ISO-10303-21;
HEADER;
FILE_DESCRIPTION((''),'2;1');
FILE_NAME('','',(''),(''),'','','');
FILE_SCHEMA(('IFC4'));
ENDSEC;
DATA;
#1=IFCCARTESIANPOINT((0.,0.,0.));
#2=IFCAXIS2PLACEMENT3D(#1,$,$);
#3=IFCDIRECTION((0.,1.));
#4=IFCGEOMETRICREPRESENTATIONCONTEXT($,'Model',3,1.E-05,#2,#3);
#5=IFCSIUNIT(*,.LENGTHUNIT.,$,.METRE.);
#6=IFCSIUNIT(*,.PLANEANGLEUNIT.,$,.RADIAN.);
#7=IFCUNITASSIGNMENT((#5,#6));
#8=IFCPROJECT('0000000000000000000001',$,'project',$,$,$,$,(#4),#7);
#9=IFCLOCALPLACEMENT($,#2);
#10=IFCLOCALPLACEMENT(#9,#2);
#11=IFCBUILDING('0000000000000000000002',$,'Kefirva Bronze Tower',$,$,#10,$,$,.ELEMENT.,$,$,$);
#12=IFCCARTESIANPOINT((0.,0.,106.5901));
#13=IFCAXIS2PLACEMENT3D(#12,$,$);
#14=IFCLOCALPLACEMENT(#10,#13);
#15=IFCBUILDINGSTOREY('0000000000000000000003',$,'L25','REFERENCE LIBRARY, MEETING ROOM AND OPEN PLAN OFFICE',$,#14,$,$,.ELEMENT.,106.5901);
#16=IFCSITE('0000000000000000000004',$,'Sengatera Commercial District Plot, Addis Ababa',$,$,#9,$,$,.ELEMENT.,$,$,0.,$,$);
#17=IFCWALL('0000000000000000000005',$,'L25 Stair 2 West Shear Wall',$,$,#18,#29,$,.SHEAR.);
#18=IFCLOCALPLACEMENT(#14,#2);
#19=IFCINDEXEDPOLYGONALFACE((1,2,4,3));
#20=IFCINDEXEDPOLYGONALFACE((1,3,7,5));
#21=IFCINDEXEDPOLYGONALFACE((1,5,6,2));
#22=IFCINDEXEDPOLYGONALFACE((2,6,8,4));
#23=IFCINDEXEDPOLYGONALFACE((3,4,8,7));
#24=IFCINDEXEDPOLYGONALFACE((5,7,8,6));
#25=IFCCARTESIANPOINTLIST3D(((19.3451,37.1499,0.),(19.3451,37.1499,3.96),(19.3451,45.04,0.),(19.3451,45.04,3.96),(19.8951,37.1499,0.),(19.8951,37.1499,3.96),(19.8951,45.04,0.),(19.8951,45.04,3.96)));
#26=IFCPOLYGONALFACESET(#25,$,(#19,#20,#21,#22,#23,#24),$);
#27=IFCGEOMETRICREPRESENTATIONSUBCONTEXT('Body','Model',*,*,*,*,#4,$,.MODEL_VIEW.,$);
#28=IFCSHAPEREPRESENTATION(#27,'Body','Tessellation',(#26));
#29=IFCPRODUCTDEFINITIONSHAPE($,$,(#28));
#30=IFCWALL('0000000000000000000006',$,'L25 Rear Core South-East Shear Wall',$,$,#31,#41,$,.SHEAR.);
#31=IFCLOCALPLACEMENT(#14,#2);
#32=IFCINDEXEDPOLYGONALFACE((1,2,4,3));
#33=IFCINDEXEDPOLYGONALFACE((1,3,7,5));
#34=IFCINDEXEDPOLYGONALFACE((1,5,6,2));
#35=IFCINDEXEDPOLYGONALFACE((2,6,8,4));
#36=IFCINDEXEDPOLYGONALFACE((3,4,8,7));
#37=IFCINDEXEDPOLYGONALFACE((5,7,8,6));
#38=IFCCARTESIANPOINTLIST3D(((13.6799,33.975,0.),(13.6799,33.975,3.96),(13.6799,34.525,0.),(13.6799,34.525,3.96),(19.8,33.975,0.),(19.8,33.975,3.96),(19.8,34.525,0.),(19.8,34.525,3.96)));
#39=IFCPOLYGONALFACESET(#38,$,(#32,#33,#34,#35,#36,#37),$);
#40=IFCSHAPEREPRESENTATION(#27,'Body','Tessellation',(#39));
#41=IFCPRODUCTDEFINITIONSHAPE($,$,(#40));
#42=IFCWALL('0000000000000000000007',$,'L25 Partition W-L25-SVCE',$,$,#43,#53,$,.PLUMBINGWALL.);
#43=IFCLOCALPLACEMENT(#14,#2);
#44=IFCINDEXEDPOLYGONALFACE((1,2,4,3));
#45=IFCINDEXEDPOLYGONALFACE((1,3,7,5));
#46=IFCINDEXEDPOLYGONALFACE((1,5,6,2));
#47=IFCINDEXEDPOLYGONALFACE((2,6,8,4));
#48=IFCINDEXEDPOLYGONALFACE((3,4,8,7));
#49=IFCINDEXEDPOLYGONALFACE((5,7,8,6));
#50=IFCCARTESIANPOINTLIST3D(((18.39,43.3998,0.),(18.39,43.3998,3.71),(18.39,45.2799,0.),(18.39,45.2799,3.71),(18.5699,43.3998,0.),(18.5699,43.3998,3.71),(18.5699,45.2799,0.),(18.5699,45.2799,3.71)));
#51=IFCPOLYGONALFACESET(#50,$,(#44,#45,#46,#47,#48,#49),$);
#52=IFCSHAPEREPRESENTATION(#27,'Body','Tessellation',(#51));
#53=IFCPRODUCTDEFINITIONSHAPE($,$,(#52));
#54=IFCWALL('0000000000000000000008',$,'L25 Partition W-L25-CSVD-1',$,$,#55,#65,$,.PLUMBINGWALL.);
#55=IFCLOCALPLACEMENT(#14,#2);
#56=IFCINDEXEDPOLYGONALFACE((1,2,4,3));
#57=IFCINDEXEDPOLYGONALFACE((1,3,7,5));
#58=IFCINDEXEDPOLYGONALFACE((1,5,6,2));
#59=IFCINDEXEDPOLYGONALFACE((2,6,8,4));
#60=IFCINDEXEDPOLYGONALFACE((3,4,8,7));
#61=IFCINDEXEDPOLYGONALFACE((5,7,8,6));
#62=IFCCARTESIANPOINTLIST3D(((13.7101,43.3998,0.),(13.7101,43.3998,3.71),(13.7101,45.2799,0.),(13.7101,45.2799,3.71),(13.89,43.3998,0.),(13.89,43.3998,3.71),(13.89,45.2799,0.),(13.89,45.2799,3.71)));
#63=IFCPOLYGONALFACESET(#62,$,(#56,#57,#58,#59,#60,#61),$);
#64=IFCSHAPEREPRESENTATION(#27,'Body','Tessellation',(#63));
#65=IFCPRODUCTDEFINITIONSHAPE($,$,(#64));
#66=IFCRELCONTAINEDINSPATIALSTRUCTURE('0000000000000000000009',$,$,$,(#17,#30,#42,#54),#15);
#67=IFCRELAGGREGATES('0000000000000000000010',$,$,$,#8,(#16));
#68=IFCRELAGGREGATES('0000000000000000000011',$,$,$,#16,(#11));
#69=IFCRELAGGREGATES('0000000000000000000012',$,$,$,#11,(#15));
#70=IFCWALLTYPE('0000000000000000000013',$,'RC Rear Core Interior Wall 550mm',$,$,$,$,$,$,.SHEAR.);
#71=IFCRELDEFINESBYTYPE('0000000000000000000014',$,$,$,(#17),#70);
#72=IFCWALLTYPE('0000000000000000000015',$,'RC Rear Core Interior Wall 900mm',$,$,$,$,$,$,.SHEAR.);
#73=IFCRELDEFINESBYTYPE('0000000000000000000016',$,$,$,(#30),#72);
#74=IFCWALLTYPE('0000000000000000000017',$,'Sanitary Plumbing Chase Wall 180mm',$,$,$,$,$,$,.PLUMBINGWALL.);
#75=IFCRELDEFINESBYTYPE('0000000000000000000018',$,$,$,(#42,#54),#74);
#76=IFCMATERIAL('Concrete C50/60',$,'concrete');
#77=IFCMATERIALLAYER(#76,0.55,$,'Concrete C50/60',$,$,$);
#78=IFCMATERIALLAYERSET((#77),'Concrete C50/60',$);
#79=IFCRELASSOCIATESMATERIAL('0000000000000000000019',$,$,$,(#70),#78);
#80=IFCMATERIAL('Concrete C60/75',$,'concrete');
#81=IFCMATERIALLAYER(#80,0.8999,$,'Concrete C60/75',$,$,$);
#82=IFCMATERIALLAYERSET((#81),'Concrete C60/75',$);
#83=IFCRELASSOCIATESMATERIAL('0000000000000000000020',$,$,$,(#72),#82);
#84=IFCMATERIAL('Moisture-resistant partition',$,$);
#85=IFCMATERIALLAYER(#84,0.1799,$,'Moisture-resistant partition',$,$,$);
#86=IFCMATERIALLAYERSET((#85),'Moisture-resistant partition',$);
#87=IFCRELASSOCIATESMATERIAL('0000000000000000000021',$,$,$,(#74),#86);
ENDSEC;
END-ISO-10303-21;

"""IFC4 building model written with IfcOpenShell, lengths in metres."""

from ifc_helpers import new_model, si_unit, direction, frame, frame_2d, origin, place, context, subcontext, project, spatial, rectangle, extrude, material, layer, layer_set, type_object, element, save


model = new_model("IFC4")

# Units and contexts
model_context = context("Model", 3, precision=1e-05, world=origin(), true_north=direction((0.0, 1.0)))
body_context = subcontext(model_context, "Body", "Model", "MODEL_VIEW")
ifc_project = project(units=[si_unit("LENGTHUNIT", "METRE"), si_unit("PLANEANGLEUNIT", "RADIAN")], contexts=[model_context])

# Site, building, storey
site_placement = place(None, origin())
site = spatial("IfcSite", under=ifc_project, at=site_placement, Name="Sengatera Commercial District Plot, Addis Ababa", CompositionType="ELEMENT", RefElevation=0.0)
building_placement = place(site_placement, origin())
building = spatial("IfcBuilding", under=site, at=building_placement, Name="Kefirva Bronze Tower", CompositionType="ELEMENT")
storey_placement = place(building_placement, frame((0.0, 0.0, 106.5901)))
storey = spatial("IfcBuildingStorey", under=building, at=storey_placement, Name="L25", Description="REFERENCE LIBRARY, MEETING ROOM AND OPEN PLAN OFFICE", CompositionType="ELEMENT", Elevation=106.5901)

# Shared definitions
ifc_material_1 = material(Name="Concrete C50/60", Category="concrete")

# Walls
ifc_layer_1 = layer(ifc_material_1, 0.55, Name="Concrete C50/60")
ifc_layer_set_1 = layer_set([ifc_layer_1], Name="Concrete C50/60")
wall_type_1 = type_object("IfcWallType", Name="RC Rear Core Interior Wall 550mm", PredefinedType="SHEAR", material=ifc_layer_set_1)
wall_1_placement = place(storey_placement, frame((19.6201, 37.1499, 0.0), z_axis=(0.0, 0.0, 1.0), x_axis=(0.0, 1.0, 0.0)))
element("IfcWall", 1, at=wall_1_placement, inside=storey, type_object=wall_type_1, Name="L25 Stair 2 West Shear Wall", PredefinedType="SHEAR", context=body_context, shape_type="SweptSolid", body=[
    extrude(rectangle(XDim=7.8901, YDim=0.55, at=frame_2d((3.9451, 0.0))), origin(), (0.0, 0.0, 1.0), 3.96),
])
ifc_material_2 = material(Name="Concrete C60/75", Category="concrete")
ifc_layer_2 = layer(ifc_material_2, 0.8999, Name="Concrete C60/75")
ifc_layer_set_2 = layer_set([ifc_layer_2], Name="Concrete C60/75")
wall_type_2 = type_object("IfcWallType", Name="RC Rear Core Interior Wall 900mm", PredefinedType="SHEAR", material=ifc_layer_set_2)
wall_2_placement = place(storey_placement, frame((13.6799, 34.25, 0.0), z_axis=(0.0, 0.0, 1.0), x_axis=(1.0, 0.0, 0.0)))
element("IfcWall", 2, at=wall_2_placement, inside=storey, type_object=wall_type_2, Name="L25 Rear Core South-East Shear Wall", PredefinedType="SHEAR", context=body_context, shape_type="SweptSolid", body=[
    extrude(rectangle(XDim=6.1201, YDim=0.55, at=frame_2d((3.0601, 0.0))), origin(), (0.0, 0.0, 1.0), 3.96),
])
ifc_material_3 = material(Name="Moisture-resistant partition")
ifc_layer_3 = layer(ifc_material_3, 0.1799, Name="Moisture-resistant partition")
ifc_layer_set_3 = layer_set([ifc_layer_3], Name="Moisture-resistant partition")
wall_type_3 = type_object("IfcWallType", Name="Sanitary Plumbing Chase Wall 180mm", PredefinedType="PLUMBINGWALL", material=ifc_layer_set_3)
for number, where, z_axis, x_axis, name in (
    (3, (18.48, 43.3999, 0.0), (0.0, 0.0, 1.0), (0.0, 1.0, 0.0), "L25 Partition W-L25-SVCE"),
    (4, (13.8, 43.3999, 0.0), (0.0, 0.0, 1.0), (0.0, 1.0, 0.0), "L25 Partition W-L25-CSVD-1"),
):
    element("IfcWall", number, at=place(storey_placement, frame(where, z_axis=z_axis, x_axis=x_axis)), inside=storey, type_object=wall_type_3, Name=name, PredefinedType="PLUMBINGWALL", context=body_context, shape_type="SweptSolid", body=[
        extrude(rectangle(XDim=1.8801, YDim=0.1799, at=frame_2d((0.9399, 0.0))), origin(), (0.0, 0.0, 1.0), 3.71),
    ])

save(model, "model.ifc")
